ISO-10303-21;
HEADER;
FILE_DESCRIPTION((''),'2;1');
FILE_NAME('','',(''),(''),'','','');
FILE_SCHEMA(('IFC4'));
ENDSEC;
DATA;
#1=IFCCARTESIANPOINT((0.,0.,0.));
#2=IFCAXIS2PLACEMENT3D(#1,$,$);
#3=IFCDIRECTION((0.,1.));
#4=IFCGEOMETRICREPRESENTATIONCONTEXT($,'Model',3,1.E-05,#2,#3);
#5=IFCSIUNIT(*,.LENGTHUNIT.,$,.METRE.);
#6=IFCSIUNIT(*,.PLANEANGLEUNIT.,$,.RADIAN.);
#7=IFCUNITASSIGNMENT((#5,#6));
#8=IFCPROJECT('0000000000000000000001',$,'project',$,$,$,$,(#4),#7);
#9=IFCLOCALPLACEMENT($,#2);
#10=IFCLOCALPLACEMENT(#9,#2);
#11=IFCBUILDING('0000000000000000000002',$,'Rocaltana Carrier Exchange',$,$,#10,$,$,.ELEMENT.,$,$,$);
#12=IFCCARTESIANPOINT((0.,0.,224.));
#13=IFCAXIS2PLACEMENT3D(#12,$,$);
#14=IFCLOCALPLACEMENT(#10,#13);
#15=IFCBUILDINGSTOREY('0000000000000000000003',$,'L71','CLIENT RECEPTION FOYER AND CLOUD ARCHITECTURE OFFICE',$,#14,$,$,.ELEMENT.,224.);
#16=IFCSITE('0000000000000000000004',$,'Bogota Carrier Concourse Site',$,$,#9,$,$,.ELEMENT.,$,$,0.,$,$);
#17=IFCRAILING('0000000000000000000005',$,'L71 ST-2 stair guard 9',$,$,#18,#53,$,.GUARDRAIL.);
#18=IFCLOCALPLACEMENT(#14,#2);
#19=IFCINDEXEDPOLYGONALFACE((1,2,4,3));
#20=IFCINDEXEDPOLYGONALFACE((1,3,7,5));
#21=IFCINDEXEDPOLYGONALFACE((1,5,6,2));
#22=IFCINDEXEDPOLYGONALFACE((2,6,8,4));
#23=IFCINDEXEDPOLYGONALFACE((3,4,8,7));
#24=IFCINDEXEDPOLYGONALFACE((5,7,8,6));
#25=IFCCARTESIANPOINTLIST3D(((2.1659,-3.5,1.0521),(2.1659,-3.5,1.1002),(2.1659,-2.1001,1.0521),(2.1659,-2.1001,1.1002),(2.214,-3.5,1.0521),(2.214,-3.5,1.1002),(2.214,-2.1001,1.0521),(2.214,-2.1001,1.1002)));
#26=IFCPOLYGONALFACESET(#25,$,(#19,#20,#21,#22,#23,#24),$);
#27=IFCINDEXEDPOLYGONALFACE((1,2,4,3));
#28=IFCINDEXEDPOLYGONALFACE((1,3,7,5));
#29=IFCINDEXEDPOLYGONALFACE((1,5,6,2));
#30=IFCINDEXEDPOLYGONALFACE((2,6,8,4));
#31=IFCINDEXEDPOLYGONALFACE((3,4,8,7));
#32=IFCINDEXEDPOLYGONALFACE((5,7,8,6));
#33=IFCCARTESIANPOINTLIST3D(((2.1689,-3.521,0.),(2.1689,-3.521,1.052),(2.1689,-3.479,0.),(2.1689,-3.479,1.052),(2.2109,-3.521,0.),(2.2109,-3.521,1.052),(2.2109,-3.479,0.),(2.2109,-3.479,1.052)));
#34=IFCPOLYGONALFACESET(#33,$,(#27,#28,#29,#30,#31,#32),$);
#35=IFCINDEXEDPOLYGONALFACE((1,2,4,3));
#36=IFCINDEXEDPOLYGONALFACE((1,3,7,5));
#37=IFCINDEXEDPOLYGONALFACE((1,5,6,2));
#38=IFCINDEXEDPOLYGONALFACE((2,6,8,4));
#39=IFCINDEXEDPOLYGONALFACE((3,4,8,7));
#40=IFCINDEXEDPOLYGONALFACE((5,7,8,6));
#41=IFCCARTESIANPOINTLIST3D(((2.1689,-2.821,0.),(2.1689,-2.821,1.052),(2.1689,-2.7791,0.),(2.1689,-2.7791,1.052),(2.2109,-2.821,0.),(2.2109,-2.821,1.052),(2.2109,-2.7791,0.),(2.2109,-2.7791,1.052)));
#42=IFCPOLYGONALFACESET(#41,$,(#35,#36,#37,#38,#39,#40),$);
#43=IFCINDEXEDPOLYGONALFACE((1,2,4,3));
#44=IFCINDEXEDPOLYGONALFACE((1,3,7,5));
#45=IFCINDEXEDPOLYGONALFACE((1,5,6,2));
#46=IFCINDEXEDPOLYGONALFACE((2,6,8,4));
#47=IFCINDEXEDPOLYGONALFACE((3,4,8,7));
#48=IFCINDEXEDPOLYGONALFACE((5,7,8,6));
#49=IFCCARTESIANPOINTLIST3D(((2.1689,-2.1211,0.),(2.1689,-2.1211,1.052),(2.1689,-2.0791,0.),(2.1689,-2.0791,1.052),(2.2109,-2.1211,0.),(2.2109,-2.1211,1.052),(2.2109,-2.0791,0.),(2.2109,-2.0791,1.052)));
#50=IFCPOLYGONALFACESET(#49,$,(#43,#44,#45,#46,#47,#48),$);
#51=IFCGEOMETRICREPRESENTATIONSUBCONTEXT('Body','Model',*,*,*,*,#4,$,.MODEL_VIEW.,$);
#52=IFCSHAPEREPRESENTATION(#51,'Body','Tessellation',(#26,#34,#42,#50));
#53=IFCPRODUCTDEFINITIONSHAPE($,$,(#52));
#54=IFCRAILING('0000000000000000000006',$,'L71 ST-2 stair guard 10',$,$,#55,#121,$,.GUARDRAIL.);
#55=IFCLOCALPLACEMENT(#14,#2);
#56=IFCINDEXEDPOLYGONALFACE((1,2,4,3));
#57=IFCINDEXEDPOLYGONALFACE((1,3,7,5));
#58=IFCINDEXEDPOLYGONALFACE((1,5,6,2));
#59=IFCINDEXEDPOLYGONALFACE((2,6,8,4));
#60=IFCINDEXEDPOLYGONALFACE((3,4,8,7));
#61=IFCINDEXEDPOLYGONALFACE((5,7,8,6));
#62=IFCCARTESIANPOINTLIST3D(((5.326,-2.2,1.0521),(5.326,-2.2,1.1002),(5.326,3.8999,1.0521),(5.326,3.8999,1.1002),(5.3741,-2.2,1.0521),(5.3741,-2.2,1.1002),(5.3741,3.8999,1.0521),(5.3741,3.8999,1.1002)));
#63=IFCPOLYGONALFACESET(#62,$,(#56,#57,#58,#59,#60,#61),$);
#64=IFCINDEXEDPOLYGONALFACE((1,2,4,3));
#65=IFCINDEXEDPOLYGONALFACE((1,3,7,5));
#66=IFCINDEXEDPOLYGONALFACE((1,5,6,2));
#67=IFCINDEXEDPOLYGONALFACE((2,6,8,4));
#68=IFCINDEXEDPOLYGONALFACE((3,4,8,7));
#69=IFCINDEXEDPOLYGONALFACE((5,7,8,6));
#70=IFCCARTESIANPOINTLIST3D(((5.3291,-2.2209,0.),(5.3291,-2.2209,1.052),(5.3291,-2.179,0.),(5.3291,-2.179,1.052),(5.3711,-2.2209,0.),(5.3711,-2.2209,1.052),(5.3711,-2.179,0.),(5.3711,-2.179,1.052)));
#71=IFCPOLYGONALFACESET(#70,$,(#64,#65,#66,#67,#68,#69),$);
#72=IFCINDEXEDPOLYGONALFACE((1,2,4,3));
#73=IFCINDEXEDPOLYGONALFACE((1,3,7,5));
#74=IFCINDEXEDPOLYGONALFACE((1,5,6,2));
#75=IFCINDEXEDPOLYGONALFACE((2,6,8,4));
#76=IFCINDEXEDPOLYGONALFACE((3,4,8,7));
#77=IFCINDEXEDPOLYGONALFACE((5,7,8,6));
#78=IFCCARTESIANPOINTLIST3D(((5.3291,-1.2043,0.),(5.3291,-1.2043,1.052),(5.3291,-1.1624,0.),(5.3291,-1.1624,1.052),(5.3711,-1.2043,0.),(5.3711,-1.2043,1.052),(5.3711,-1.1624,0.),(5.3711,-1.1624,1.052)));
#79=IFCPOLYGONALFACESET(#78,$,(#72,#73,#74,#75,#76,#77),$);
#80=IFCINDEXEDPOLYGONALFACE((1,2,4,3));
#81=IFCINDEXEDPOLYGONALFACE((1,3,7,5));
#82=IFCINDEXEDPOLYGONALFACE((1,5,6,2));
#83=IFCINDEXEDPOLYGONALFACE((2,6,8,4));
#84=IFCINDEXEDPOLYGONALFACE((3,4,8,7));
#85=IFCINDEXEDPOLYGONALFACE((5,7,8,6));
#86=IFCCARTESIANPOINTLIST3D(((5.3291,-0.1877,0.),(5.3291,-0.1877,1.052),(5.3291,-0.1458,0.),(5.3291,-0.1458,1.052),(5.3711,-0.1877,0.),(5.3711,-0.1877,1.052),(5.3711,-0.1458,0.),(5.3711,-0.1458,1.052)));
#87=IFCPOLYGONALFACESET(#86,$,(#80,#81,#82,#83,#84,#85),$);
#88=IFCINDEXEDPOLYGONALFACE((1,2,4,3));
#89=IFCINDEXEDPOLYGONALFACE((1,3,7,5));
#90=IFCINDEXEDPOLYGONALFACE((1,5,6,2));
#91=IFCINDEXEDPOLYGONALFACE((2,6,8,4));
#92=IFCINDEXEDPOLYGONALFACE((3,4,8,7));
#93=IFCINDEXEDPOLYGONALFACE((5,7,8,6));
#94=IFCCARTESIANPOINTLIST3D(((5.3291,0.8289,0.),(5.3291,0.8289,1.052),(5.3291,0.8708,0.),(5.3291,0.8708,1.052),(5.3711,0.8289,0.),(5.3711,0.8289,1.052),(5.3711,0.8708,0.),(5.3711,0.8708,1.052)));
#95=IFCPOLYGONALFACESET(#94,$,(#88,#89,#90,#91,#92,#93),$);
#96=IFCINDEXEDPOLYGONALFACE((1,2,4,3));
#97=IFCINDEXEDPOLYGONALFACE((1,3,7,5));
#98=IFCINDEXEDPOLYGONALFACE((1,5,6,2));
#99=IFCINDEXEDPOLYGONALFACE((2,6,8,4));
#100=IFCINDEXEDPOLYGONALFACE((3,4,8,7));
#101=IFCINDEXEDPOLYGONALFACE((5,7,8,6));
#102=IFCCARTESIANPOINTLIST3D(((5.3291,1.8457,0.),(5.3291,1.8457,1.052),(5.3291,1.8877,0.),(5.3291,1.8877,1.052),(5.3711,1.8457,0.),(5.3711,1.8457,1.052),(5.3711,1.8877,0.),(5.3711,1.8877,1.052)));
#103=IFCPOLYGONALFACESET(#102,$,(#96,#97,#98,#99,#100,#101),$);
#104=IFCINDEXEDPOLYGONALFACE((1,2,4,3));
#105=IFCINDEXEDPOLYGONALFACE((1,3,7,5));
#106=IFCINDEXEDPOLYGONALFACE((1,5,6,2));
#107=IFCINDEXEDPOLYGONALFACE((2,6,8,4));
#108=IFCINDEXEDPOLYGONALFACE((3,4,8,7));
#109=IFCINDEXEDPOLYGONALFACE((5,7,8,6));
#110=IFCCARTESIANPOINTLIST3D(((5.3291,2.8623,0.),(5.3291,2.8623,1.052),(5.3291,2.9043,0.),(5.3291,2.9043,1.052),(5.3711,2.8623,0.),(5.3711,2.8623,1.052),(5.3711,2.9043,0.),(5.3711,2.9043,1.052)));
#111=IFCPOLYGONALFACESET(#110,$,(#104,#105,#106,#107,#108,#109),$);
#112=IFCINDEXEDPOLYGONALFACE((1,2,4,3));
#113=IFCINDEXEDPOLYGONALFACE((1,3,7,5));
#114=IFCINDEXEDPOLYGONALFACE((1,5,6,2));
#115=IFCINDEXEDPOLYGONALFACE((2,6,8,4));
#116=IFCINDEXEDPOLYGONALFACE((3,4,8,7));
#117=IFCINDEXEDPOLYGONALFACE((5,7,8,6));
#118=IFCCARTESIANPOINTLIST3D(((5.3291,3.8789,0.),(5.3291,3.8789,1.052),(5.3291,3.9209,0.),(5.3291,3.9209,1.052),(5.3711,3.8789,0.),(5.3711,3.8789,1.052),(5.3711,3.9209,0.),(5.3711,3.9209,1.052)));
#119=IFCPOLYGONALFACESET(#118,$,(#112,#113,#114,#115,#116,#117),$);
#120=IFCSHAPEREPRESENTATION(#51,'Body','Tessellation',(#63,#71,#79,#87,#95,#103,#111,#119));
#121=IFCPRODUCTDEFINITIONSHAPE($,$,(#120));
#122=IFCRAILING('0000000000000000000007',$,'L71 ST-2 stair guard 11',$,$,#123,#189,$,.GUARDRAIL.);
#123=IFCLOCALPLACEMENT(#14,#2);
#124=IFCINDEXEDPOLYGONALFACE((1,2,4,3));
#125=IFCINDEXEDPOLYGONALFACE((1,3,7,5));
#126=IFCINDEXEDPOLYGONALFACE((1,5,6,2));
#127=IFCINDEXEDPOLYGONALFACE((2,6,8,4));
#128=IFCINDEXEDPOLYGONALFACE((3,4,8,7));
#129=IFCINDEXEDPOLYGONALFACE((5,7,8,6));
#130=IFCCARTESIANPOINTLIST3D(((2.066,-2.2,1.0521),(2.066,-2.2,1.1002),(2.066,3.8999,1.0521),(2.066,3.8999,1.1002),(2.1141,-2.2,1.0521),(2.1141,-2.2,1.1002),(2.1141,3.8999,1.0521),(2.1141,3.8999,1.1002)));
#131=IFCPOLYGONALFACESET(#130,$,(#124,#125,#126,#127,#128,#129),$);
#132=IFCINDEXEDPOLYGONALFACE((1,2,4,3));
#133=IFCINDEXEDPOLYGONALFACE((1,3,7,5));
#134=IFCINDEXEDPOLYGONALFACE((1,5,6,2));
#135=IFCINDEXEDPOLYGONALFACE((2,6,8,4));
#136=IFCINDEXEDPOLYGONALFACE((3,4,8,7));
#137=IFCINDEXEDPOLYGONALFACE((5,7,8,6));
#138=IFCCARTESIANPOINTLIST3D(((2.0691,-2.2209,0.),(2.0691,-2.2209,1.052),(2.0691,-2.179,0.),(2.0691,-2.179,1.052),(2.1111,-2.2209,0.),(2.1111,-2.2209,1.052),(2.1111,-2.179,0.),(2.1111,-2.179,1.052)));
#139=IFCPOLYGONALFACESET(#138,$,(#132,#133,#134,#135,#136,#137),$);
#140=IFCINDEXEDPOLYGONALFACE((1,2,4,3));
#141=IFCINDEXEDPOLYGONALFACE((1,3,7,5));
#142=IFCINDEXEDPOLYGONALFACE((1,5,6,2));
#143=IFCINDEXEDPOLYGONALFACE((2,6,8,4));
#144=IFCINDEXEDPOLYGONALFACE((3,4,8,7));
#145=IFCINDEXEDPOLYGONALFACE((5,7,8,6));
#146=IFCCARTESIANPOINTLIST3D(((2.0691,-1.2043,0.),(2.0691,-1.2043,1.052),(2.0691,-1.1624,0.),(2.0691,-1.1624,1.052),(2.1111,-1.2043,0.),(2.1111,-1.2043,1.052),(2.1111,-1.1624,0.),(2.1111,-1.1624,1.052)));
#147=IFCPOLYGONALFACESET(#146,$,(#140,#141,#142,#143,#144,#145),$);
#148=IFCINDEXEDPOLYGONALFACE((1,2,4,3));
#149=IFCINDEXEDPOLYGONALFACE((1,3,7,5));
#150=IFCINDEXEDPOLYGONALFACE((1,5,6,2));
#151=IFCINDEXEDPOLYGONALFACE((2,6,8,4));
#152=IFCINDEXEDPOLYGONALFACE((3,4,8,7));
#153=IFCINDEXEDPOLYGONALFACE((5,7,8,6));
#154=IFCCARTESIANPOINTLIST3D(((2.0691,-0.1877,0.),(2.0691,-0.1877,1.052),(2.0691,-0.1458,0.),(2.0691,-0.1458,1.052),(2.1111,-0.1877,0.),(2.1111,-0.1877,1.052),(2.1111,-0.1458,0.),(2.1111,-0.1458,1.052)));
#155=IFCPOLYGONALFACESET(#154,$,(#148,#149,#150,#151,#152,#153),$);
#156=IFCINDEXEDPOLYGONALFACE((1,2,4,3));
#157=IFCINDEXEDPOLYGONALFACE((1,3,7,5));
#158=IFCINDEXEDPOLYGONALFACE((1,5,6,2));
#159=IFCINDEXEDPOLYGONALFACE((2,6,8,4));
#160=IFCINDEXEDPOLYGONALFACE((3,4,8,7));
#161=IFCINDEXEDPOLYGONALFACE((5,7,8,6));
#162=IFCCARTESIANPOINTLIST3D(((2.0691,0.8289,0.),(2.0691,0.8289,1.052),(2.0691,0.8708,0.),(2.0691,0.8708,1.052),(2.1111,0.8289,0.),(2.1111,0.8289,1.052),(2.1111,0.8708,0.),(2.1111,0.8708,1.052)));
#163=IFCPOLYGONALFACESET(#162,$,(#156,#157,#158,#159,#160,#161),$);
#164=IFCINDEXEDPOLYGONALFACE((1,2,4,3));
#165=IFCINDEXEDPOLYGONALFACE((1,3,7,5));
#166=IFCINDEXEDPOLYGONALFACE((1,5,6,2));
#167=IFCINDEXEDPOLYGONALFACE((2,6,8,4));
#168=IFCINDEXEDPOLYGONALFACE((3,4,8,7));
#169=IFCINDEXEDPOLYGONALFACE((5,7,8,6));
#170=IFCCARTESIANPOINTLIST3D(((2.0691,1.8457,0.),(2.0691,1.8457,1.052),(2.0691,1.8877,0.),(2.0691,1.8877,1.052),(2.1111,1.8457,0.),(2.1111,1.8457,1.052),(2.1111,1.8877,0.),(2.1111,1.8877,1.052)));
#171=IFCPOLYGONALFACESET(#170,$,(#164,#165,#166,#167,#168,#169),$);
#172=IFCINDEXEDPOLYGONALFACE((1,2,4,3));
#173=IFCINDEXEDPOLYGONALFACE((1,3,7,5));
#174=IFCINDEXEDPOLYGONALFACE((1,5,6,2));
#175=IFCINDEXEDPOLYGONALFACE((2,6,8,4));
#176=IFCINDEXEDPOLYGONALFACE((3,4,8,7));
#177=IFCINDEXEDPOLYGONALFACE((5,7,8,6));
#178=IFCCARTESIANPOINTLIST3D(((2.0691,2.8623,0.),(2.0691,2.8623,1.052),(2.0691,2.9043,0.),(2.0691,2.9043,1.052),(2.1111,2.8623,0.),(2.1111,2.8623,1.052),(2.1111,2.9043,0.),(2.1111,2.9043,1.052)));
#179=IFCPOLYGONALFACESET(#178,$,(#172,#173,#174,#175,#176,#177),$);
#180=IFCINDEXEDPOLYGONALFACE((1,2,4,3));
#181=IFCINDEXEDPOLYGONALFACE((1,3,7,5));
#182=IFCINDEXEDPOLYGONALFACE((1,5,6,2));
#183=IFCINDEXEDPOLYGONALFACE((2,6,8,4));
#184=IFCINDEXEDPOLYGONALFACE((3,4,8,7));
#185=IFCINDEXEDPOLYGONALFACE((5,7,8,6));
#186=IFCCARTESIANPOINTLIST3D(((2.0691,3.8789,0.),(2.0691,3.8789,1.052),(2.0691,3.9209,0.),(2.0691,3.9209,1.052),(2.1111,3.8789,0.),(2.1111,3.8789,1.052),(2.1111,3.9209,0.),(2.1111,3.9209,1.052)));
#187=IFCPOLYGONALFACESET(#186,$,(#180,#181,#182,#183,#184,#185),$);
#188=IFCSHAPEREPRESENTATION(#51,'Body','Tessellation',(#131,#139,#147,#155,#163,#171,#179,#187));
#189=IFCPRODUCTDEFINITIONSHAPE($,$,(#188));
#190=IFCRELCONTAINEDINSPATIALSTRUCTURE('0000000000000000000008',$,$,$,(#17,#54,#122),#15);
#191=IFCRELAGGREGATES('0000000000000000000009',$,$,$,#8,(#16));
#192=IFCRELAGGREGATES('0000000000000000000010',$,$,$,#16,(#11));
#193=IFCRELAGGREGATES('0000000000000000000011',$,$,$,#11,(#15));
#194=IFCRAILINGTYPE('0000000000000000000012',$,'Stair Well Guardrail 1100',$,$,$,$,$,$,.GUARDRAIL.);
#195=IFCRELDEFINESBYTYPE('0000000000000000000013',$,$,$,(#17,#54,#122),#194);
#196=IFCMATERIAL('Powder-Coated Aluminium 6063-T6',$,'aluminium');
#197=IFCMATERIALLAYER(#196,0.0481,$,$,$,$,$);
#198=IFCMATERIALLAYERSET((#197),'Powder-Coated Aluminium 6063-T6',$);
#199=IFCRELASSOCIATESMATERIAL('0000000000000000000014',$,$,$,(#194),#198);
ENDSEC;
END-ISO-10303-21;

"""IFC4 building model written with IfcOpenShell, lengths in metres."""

from ifc_helpers import new_model, si_unit, direction, frame, origin, origin_2d, place, context, subcontext, project, spatial, rectangle, extrude, material, layer, layer_set, type_object, element, save


model = new_model("IFC4")

# Units and contexts
model_context = context("Model", 3, precision=1e-05, world=origin(), true_north=direction((0.0, 1.0)))
body_context = subcontext(model_context, "Body", "Model", "MODEL_VIEW")
ifc_project = project(units=[si_unit("LENGTHUNIT", "METRE"), si_unit("PLANEANGLEUNIT", "RADIAN")], contexts=[model_context])

# Site, building, storey
site_placement = place(None, origin())
site = spatial("IfcSite", under=ifc_project, at=site_placement, Name="Bogota Carrier Concourse Site", CompositionType="ELEMENT", RefElevation=0.0)
building_placement = place(site_placement, origin())
building = spatial("IfcBuilding", under=site, at=building_placement, Name="Rocaltana Carrier Exchange", CompositionType="ELEMENT")
storey_placement = place(building_placement, frame((0.0, 0.0, 224.0)))
storey = spatial("IfcBuildingStorey", under=building, at=storey_placement, Name="L71", Description="CLIENT RECEPTION FOYER AND CLOUD ARCHITECTURE OFFICE", CompositionType="ELEMENT", Elevation=224.0)

# Railings
ifc_material_1 = material(Name="Powder-Coated Aluminium 6063-T6", Category="aluminium")
ifc_layer_1 = layer(ifc_material_1, 0.0481)
ifc_layer_set_1 = layer_set([ifc_layer_1], Name="Powder-Coated Aluminium 6063-T6")
railing_type_1 = type_object("IfcRailingType", Name="Stair Well Guardrail 1100", PredefinedType="GUARDRAIL", material=ifc_layer_set_1)
for number, where, name in (
    (1, (2.1899, -3.5, 0.0), "L71 ST-2 stair guard 9"),
):
    element("IfcRailing", number, at=place(storey_placement, frame(where)), inside=storey, type_object=railing_type_1, Name=name, PredefinedType="GUARDRAIL", context=body_context, shape_type="SweptSolid", body=[
        extrude(rectangle(XDim=0.0481, YDim=0.0481, at=origin_2d()), frame((0.0, 0.0, 1.0762), z_axis=(0.0, 1.0, 0.0), x_axis=(-1.0, 0.0, 0.0)), (0.0, 0.0, 1.0), 1.3999),
        extrude(rectangle(XDim=0.042, YDim=0.042, at=origin_2d()), origin(), (0.0, 0.0, 1.0), 1.052),
        extrude(rectangle(XDim=0.042, YDim=0.042, at=origin_2d()), frame((0.0, 0.7, 0.0)), (0.0, 0.0, 1.0), 1.052),
        extrude(rectangle(XDim=0.042, YDim=0.042, at=origin_2d()), frame((0.0, 1.3999, 0.0)), (0.0, 0.0, 1.0), 1.052),
    ])
for number, where, name in (
    (2, (5.3501, -2.2, 0.0), "L71 ST-2 stair guard 10"),
    (3, (2.0901, -2.2, 0.0), "L71 ST-2 stair guard 11"),
):
    element("IfcRailing", number, at=place(storey_placement, frame(where)), inside=storey, type_object=railing_type_1, Name=name, PredefinedType="GUARDRAIL", context=body_context, shape_type="SweptSolid", body=[
        extrude(rectangle(XDim=0.0481, YDim=0.0481, at=origin_2d()), frame((0.0, 0.0, 1.0762), z_axis=(0.0, 1.0, 0.0), x_axis=(-1.0, 0.0, 0.0)), (0.0, 0.0, 1.0), 6.0999),
        extrude(rectangle(XDim=0.042, YDim=0.042, at=origin_2d()), origin(), (0.0, 0.0, 1.0), 1.052),
        extrude(rectangle(XDim=0.042, YDim=0.042, at=origin_2d()), frame((0.0, 1.0166, 0.0)), (0.0, 0.0, 1.0), 1.052),
        extrude(rectangle(XDim=0.042, YDim=0.042, at=origin_2d()), frame((0.0, 2.0332, 0.0)), (0.0, 0.0, 1.0), 1.052),
        extrude(rectangle(XDim=0.042, YDim=0.042, at=origin_2d()), frame((0.0, 3.0498, 0.0)), (0.0, 0.0, 1.0), 1.052),
        extrude(rectangle(XDim=0.042, YDim=0.042, at=origin_2d()), frame((0.0, 4.0667, 0.0)), (0.0, 0.0, 1.0), 1.052),
        extrude(rectangle(XDim=0.042, YDim=0.042, at=origin_2d()), frame((0.0, 5.0833, 0.0)), (0.0, 0.0, 1.0), 1.052),
        extrude(rectangle(XDim=0.042, YDim=0.042, at=origin_2d()), frame((0.0, 6.0999, 0.0)), (0.0, 0.0, 1.0), 1.052),
    ])

save(model, "model.ifc")
